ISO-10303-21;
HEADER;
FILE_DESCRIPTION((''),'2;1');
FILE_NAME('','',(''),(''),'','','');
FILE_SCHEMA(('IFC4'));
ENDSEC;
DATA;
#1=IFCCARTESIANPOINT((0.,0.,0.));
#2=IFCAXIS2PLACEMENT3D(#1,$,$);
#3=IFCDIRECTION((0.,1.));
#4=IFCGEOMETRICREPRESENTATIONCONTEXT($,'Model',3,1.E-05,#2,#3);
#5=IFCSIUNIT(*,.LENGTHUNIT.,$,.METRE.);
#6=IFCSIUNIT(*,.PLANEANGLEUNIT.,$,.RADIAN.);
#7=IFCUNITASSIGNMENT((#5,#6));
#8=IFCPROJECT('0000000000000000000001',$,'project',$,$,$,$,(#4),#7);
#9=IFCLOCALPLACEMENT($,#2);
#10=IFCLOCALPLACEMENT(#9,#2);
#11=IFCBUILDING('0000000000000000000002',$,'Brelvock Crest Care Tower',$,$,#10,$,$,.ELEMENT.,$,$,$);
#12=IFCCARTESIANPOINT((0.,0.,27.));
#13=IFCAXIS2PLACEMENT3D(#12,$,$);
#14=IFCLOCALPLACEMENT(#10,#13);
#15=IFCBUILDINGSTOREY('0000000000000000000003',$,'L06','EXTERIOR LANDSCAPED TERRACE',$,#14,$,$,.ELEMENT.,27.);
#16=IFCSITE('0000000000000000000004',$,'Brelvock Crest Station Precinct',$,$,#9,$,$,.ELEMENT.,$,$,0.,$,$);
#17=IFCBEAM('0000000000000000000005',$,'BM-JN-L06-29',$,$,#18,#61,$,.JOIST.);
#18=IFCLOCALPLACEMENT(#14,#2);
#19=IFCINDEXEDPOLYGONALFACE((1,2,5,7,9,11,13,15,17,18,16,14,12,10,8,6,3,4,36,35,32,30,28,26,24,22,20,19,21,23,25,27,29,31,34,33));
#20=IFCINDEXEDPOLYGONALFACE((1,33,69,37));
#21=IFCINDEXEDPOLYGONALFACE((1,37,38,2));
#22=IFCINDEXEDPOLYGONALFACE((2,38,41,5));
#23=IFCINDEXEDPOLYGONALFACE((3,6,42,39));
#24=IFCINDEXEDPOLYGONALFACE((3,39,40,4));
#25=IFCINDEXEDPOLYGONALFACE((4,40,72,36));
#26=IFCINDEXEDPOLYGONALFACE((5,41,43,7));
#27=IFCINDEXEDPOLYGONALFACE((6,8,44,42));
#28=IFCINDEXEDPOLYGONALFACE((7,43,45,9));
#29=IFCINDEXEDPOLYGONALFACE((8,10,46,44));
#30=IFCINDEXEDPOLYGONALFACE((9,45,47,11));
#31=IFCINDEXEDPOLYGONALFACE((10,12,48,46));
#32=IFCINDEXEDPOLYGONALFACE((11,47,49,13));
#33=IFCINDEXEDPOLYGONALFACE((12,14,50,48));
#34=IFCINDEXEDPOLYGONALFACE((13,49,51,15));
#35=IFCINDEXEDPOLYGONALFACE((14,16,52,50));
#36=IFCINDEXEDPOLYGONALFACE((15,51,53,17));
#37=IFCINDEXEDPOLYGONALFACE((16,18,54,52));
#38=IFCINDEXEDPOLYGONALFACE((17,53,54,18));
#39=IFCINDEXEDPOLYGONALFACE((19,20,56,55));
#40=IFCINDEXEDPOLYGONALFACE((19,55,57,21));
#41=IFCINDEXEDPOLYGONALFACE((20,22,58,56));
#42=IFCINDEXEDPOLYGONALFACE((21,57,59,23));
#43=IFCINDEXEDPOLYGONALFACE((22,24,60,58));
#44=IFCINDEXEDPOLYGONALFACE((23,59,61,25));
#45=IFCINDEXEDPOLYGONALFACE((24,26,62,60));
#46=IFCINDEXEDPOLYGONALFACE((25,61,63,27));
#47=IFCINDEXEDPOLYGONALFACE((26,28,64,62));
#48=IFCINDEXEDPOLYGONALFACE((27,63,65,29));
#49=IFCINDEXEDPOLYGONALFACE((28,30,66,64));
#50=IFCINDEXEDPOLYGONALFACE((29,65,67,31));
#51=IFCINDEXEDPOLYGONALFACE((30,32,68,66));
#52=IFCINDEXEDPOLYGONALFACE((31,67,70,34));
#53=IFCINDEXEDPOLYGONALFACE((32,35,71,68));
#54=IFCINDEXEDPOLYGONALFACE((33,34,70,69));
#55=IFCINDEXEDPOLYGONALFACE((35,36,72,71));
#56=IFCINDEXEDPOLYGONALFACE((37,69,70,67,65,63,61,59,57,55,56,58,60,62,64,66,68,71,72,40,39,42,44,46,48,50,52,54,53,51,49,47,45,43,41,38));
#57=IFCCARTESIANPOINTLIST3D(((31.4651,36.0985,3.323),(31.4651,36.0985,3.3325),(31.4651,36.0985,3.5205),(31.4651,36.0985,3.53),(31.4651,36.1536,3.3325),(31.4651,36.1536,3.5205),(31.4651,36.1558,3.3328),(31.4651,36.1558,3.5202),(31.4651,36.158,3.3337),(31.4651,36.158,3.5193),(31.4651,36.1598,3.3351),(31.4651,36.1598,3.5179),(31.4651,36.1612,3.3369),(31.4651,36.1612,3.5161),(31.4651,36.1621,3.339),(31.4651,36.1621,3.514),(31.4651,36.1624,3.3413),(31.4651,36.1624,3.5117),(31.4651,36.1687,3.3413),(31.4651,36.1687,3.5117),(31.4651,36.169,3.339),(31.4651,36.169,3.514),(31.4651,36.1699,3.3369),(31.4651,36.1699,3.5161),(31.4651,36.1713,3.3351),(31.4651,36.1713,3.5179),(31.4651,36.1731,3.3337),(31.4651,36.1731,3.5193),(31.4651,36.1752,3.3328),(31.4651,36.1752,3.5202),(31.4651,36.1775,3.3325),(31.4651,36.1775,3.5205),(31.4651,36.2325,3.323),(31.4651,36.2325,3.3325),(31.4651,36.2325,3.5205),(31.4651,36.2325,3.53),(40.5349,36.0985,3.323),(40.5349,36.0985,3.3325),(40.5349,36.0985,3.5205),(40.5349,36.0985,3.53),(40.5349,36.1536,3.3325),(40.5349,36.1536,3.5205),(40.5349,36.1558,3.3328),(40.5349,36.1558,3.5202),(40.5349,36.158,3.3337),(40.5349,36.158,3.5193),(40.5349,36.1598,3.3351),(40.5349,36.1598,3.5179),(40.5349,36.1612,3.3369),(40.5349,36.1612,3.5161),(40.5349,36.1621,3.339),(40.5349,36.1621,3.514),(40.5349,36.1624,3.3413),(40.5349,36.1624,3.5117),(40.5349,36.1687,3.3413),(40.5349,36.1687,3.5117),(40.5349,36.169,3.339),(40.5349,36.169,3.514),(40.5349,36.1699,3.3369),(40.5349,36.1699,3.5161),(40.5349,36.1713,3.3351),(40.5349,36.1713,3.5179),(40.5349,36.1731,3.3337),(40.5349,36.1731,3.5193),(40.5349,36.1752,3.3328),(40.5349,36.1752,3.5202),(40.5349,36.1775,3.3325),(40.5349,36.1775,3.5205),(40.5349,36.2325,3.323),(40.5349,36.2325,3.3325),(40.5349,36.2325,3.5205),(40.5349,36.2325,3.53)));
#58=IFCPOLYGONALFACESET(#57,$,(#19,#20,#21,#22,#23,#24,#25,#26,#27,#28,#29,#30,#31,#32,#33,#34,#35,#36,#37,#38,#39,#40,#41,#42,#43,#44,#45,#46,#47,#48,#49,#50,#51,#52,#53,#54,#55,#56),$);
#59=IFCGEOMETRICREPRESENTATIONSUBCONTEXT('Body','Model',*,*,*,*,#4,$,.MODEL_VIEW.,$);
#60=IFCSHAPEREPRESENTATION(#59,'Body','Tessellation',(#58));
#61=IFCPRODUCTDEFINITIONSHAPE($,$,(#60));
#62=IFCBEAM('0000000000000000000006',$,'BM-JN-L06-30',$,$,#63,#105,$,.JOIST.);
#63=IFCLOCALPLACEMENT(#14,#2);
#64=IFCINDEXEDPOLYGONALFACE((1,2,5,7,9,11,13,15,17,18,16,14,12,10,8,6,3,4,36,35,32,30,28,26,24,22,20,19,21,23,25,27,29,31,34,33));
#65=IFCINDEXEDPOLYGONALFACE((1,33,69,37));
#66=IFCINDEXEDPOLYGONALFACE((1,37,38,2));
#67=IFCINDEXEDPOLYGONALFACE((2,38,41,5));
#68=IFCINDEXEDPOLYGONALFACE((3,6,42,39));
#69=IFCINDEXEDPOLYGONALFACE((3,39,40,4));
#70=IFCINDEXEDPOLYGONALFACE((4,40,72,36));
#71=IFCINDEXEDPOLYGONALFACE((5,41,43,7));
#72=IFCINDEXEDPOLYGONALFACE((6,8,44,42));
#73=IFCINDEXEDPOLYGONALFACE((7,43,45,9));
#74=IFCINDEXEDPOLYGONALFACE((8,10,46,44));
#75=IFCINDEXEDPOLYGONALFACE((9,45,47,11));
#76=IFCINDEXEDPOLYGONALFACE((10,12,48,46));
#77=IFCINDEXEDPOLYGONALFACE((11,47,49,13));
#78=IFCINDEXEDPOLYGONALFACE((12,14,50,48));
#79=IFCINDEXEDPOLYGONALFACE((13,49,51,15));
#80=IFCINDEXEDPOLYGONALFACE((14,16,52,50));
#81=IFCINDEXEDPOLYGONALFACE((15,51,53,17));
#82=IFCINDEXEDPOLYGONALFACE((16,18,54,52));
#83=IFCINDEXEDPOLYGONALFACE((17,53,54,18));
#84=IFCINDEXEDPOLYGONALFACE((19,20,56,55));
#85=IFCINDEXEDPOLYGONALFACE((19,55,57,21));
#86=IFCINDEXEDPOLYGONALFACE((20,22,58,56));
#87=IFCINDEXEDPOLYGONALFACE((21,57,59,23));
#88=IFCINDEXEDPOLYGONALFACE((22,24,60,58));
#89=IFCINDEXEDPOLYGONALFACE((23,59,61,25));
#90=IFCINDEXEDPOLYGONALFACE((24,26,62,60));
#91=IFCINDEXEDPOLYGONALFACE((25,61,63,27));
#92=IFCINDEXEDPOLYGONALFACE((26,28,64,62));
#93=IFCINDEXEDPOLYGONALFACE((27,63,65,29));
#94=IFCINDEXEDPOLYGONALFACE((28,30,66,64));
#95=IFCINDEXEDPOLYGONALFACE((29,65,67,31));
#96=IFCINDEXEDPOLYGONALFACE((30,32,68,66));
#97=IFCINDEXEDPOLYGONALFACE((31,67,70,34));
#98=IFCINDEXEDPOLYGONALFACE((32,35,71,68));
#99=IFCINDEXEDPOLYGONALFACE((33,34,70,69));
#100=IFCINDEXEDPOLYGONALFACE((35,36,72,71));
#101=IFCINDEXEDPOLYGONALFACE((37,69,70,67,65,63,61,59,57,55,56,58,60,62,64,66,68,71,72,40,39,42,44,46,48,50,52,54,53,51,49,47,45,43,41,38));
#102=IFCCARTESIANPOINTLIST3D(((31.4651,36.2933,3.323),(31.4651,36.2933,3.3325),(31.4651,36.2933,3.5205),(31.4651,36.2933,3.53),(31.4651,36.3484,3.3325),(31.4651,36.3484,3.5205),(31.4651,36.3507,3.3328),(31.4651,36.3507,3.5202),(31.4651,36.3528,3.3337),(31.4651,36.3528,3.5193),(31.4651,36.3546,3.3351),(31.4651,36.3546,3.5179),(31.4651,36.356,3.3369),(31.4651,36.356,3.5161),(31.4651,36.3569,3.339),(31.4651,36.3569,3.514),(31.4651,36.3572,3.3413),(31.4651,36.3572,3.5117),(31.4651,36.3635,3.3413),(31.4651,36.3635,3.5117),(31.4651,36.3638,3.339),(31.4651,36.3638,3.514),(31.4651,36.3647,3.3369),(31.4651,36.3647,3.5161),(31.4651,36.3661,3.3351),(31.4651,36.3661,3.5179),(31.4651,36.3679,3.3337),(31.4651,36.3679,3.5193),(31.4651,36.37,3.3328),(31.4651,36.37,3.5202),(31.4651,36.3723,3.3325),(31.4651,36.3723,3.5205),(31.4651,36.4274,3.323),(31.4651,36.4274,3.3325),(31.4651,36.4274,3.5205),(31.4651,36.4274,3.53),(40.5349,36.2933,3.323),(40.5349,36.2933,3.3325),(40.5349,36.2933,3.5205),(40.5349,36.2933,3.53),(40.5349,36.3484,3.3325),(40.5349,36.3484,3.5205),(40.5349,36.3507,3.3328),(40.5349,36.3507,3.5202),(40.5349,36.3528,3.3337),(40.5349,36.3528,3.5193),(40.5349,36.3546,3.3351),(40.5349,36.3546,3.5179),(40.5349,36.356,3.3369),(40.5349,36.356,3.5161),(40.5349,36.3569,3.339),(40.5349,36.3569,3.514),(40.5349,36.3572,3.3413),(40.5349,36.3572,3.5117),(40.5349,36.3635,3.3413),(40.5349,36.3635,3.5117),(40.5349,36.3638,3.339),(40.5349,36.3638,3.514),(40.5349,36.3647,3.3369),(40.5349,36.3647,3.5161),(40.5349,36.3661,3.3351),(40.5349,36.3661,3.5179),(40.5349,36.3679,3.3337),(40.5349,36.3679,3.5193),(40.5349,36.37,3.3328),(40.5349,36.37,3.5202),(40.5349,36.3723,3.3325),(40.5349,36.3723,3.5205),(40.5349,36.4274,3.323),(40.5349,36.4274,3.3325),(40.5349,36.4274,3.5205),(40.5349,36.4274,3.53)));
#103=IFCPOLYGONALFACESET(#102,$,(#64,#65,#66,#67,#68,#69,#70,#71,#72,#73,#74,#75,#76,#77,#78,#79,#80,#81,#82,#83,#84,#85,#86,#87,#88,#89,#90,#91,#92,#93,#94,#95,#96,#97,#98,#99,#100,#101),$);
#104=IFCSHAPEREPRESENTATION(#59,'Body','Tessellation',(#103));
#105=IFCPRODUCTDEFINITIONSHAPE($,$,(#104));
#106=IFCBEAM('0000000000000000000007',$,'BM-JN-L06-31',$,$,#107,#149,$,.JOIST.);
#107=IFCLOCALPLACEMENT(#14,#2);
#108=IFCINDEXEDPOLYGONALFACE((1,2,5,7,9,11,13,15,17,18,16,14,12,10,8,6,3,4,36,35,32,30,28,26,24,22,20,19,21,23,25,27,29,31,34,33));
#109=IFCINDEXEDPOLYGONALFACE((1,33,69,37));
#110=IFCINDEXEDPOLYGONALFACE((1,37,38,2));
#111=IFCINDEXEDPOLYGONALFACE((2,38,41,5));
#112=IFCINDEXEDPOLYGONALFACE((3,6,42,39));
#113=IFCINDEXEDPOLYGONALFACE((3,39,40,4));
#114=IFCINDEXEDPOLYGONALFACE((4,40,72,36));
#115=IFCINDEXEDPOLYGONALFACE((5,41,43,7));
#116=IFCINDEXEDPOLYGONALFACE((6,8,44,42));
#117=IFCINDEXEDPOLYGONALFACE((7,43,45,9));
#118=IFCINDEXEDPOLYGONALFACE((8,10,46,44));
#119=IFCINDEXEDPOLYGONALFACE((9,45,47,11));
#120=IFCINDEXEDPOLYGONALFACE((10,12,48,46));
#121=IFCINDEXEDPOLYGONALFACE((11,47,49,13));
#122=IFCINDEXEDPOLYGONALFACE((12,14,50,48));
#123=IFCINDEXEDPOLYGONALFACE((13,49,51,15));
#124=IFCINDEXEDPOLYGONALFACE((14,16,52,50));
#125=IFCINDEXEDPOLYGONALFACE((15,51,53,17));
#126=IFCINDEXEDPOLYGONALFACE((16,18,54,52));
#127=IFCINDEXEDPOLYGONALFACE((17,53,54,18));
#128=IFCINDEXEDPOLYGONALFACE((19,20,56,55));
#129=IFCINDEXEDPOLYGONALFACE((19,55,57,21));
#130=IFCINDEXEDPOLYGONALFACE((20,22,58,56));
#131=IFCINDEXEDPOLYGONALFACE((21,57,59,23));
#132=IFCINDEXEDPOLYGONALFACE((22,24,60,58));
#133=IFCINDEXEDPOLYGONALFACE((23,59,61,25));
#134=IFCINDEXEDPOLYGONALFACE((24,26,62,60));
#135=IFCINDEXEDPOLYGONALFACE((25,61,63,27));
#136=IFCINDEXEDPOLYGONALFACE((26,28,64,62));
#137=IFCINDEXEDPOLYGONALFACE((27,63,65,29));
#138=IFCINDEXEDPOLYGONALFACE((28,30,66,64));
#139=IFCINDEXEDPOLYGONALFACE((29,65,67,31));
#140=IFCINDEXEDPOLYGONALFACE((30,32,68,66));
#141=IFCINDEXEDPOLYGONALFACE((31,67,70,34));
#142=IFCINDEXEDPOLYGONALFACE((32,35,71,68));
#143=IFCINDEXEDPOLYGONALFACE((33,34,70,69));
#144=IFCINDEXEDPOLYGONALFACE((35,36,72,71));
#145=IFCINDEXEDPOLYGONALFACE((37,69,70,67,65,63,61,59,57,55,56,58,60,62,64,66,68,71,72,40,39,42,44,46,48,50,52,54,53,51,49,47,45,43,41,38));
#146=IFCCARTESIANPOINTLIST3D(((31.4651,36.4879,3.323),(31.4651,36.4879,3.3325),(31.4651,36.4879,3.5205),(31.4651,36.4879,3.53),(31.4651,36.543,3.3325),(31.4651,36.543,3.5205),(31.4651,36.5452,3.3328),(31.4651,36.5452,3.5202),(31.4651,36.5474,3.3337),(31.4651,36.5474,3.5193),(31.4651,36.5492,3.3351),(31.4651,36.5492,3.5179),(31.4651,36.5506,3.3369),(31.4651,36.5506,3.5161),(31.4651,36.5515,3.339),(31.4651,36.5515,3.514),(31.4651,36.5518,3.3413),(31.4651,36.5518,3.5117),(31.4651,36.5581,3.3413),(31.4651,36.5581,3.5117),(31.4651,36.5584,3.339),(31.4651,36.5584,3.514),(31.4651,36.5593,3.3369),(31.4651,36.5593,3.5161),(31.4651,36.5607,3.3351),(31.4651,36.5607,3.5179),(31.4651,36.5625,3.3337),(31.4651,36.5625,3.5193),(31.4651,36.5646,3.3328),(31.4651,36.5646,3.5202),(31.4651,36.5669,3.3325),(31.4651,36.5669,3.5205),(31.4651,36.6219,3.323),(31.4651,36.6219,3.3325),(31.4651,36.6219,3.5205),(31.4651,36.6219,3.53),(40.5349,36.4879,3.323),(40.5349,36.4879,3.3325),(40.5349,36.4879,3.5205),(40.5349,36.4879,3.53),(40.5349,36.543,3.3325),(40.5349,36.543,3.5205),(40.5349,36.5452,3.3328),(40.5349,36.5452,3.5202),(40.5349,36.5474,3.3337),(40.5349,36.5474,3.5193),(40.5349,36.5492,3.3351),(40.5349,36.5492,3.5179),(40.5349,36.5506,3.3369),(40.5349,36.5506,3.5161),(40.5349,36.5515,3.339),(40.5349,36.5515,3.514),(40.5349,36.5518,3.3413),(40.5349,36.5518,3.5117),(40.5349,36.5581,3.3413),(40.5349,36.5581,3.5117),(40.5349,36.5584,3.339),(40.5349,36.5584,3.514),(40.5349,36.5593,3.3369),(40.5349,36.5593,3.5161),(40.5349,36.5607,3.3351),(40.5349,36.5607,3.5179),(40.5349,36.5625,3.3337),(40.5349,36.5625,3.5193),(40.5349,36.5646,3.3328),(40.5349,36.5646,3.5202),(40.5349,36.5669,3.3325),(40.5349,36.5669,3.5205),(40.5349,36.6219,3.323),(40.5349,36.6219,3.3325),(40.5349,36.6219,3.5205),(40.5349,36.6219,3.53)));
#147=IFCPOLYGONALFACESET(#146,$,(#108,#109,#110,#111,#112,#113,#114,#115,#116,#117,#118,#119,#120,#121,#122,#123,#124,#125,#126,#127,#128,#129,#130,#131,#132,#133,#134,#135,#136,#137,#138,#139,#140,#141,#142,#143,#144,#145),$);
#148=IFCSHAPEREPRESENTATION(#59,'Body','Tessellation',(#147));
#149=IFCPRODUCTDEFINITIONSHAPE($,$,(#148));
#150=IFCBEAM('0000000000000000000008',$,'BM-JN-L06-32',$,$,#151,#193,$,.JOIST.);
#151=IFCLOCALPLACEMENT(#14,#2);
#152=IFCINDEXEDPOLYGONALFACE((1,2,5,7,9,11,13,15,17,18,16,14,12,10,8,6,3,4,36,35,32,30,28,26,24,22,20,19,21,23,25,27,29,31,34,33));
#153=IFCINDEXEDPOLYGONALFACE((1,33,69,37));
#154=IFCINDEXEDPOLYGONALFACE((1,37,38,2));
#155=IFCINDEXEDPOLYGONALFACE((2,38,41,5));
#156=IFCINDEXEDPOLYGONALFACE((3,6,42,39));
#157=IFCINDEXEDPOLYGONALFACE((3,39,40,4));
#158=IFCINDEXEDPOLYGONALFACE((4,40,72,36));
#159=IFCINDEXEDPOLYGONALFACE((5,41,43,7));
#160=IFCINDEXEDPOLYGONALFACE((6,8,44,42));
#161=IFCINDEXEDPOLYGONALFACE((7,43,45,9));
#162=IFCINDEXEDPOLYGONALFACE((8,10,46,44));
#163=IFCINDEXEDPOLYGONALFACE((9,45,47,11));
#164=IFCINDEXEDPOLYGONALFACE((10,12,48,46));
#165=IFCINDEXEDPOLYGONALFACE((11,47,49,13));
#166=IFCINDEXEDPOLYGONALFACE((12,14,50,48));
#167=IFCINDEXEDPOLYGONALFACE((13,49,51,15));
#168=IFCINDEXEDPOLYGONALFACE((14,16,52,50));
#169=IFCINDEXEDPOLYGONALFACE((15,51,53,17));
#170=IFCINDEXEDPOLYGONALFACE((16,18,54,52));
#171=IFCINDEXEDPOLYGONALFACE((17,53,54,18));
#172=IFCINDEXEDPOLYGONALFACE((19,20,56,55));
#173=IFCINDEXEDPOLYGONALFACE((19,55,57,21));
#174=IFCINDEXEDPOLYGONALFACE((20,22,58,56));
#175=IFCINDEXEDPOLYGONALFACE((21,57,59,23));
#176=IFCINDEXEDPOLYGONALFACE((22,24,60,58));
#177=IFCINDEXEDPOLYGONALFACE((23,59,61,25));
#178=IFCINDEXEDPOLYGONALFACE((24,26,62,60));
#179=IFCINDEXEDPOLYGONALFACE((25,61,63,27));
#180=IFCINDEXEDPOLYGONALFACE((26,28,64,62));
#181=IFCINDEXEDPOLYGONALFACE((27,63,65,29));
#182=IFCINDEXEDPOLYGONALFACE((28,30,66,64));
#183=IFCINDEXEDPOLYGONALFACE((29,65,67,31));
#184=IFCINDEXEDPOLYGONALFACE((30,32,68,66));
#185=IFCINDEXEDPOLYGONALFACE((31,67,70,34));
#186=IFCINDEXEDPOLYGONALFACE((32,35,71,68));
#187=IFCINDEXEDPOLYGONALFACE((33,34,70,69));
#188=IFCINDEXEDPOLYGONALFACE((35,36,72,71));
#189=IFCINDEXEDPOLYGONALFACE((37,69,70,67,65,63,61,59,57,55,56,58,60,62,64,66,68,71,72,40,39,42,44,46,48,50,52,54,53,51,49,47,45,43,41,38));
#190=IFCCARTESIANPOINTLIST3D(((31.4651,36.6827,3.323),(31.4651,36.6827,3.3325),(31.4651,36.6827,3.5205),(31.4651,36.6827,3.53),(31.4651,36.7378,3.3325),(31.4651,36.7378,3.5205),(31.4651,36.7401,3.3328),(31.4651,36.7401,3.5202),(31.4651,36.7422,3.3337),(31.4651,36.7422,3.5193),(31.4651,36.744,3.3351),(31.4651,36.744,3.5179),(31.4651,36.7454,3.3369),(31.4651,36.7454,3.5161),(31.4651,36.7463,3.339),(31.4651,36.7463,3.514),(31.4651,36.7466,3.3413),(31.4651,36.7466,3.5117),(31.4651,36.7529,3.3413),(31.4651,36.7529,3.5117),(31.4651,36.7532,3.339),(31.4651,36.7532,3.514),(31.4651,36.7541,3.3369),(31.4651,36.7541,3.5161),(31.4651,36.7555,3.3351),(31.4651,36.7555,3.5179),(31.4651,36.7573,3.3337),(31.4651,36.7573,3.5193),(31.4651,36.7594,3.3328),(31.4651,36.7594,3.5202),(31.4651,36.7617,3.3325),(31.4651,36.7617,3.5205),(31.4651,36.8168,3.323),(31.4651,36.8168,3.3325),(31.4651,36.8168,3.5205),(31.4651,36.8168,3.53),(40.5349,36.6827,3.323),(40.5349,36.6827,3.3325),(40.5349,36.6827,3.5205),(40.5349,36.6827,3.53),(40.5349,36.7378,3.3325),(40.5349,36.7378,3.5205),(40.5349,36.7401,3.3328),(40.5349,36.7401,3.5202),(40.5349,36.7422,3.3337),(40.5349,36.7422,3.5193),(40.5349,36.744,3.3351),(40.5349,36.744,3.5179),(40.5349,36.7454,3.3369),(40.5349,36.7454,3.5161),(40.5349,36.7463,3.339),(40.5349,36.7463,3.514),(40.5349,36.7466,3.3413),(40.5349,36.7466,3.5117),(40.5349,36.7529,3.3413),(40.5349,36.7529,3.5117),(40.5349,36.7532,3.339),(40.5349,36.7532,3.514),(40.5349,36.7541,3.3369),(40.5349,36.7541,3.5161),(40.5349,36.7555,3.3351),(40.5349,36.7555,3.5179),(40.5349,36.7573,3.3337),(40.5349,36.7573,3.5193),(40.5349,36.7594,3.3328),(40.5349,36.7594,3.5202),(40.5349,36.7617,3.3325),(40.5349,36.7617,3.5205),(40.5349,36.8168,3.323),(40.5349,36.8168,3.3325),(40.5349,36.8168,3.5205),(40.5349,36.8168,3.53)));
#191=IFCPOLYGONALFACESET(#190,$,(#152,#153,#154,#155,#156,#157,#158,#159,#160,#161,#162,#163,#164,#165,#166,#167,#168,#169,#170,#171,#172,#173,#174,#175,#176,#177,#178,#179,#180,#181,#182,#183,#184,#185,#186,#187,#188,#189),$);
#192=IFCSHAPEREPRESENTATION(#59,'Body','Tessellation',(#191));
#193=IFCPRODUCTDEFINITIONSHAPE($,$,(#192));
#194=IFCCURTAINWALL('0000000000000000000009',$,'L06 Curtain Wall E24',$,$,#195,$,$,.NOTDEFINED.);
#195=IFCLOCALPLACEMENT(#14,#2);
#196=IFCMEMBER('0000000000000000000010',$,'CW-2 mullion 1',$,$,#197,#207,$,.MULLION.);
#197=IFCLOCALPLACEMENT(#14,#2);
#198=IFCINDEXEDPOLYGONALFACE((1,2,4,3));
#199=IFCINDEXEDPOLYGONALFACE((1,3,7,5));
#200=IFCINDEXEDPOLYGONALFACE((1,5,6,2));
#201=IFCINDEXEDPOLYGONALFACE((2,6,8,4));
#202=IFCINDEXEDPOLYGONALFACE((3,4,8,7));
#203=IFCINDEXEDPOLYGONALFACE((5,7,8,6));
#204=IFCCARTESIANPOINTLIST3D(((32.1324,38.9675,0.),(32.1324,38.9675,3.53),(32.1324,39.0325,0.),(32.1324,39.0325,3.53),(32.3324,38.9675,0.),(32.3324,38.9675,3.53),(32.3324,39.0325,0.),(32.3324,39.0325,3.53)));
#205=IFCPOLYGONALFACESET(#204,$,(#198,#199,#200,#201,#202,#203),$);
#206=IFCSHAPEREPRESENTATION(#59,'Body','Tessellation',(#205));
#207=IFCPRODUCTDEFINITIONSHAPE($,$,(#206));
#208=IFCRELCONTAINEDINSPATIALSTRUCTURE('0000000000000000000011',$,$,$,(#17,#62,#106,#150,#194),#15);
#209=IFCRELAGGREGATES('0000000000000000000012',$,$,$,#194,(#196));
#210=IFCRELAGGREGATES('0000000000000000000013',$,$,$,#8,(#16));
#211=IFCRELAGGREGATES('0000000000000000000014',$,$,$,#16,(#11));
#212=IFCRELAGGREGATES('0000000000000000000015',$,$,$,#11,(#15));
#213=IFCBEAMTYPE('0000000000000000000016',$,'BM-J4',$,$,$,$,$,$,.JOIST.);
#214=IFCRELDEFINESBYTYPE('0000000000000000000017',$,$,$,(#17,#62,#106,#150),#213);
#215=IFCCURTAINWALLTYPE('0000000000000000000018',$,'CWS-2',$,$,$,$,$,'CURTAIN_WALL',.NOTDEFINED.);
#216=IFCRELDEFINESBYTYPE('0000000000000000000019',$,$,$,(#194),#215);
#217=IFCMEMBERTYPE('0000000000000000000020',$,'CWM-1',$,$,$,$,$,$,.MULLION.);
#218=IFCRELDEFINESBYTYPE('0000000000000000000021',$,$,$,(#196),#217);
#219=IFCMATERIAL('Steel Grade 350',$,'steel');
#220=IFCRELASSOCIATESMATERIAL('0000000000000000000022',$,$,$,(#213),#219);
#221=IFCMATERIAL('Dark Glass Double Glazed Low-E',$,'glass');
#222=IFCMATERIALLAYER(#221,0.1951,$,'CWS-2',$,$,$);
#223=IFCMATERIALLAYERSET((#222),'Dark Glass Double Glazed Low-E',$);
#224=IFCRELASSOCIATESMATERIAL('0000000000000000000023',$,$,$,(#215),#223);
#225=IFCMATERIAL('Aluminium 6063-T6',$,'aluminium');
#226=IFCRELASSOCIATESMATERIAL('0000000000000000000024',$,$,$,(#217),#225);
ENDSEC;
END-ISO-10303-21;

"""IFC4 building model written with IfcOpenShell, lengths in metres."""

from ifc_helpers import new_model, si_unit, direction, frame, origin, origin_2d, place, context, subcontext, project, spatial, rectangle, i_section, extrude, source, transform, mapped, material, layer, layer_set, material_profile, profile_set, type_object, element, aggregate, save


model = new_model("IFC4")

# Units and contexts
model_context = context("Model", 3, precision=1e-05, world=origin(), true_north=direction((0.0, 1.0)))
body_context = subcontext(model_context, "Body", "Model", "MODEL_VIEW")
ifc_project = project(units=[si_unit("LENGTHUNIT", "METRE"), si_unit("PLANEANGLEUNIT", "RADIAN")], contexts=[model_context])

# Site, building, storey
site_placement = place(None, origin())
site = spatial("IfcSite", under=ifc_project, at=site_placement, Name="Brelvock Crest Station Precinct", CompositionType="ELEMENT", RefElevation=0.0)
building_placement = place(site_placement, origin())
building = spatial("IfcBuilding", under=site, at=building_placement, Name="Brelvock Crest Care Tower", CompositionType="ELEMENT")
storey_placement = place(building_placement, frame((0.0, 0.0, 27.0)))
storey = spatial("IfcBuildingStorey", under=building, at=storey_placement, Name="L06", Description="EXTERIOR LANDSCAPED TERRACE", CompositionType="ELEMENT", Elevation=27.0)

# Shared definitions
ifc_material_1 = material(Name="Steel Grade 350", Category="steel")

# Beams
ifc_material_profile_1 = material_profile(ifc_material_1, i_section(OverallWidth=0.134, OverallDepth=0.207, WebThickness=0.0063, FlangeThickness=0.0095, FilletRadius=0.0088, at=origin_2d()), Name="200UB29.8")
ifc_profile_set_1 = profile_set([ifc_material_profile_1], Name="Steel Grade 350")
beam_type_1 = type_object("IfcBeamType", Name="BM-J4", PredefinedType="JOIST", material=ifc_profile_set_1)
shared_shape_1 = source(origin(), body_context, "Body", "SweptSolid", [
    extrude(i_section(OverallWidth=0.134, OverallDepth=0.207, WebThickness=0.0063, FlangeThickness=0.0095, FilletRadius=0.0088, at=origin_2d()), origin(), (0.0, 0.0, 1.0), 9.0698),
])
for number, where, z_axis, x_axis, name in (
    (1, (31.4651, 36.1655, 3.4265), (1.0, 0.0, 0.0), (0.0, 1.0, 0.0), "BM-JN-L06-29"),
    (2, (31.4651, 36.3604, 3.4265), (1.0, 0.0, 0.0), (0.0, 1.0, 0.0), "BM-JN-L06-30"),
    (3, (31.4651, 36.5549, 3.4265), (1.0, 0.0, 0.0), (0.0, 1.0, 0.0), "BM-JN-L06-31"),
    (4, (31.4651, 36.7498, 3.4265), (1.0, 0.0, 0.0), (0.0, 1.0, 0.0), "BM-JN-L06-32"),
):
    element("IfcBeam", number, at=place(storey_placement, frame(where, z_axis=z_axis, x_axis=x_axis)), inside=storey, type_object=beam_type_1, Name=name, PredefinedType="JOIST", context=body_context, shape_type="MappedRepresentation", body=[
        mapped(shared_shape_1, transform((0.0, 0.0, 0.0), x_axis=(1.0, 0.0, 0.0), y_axis=(0.0, 1.0, 0.0), z_axis=(0.0, 0.0, 1.0), scale=1.0)),
    ])

# Curtain wall, member
ifc_material_2 = material(Name="Dark Glass Double Glazed Low-E", Category="glass")
ifc_layer_1 = layer(ifc_material_2, 0.1951, Name="CWS-2")
ifc_layer_set_1 = layer_set([ifc_layer_1], Name="Dark Glass Double Glazed Low-E")
curtain_wall_type = type_object("IfcCurtainWallType", Name="CWS-2", ElementType="CURTAIN_WALL", PredefinedType="NOTDEFINED", material=ifc_layer_set_1)
curtain_wall_placement = place(storey_placement, origin())
curtain_wall = element("IfcCurtainWall", 5, at=curtain_wall_placement, inside=storey, type_object=curtain_wall_type, Name="L06 Curtain Wall E24", PredefinedType="NOTDEFINED")
ifc_material_3 = material(Name="Aluminium 6063-T6", Category="aluminium")
ifc_material_profile_2 = material_profile(ifc_material_3, rectangle(XDim=0.0649, YDim=0.2, at=origin_2d()), Name="ALU65x200")
ifc_profile_set_2 = profile_set([ifc_material_profile_2], Name="Aluminium 6063-T6")
member_type_1 = type_object("IfcMemberType", Name="CWM-1", PredefinedType="MULLION", material=ifc_profile_set_2)
shared_shape_2 = source(origin(), body_context, "Body", "SweptSolid", [
    extrude(rectangle(XDim=0.0649, YDim=0.2, at=origin_2d()), origin(), (0.0, 0.0, 1.0), 3.53),
])
member_1_placement = place(storey_placement, frame((32.2324, 39.0, 0.0), z_axis=(0.0, 0.0, 1.0), x_axis=(0.0, 1.0, 0.0)))
member_1 = element("IfcMember", 6, at=member_1_placement, type_object=member_type_1, Name="CW-2 mullion 1", PredefinedType="MULLION", context=body_context, shape_type="MappedRepresentation", body=[
    mapped(shared_shape_2, transform((0.0, 0.0, 0.0), x_axis=(1.0, 0.0, 0.0), y_axis=(0.0, 1.0, 0.0), z_axis=(0.0, 0.0, 1.0), scale=1.0)),
])
aggregate(curtain_wall, [member_1])

save(model, "model.ifc")
